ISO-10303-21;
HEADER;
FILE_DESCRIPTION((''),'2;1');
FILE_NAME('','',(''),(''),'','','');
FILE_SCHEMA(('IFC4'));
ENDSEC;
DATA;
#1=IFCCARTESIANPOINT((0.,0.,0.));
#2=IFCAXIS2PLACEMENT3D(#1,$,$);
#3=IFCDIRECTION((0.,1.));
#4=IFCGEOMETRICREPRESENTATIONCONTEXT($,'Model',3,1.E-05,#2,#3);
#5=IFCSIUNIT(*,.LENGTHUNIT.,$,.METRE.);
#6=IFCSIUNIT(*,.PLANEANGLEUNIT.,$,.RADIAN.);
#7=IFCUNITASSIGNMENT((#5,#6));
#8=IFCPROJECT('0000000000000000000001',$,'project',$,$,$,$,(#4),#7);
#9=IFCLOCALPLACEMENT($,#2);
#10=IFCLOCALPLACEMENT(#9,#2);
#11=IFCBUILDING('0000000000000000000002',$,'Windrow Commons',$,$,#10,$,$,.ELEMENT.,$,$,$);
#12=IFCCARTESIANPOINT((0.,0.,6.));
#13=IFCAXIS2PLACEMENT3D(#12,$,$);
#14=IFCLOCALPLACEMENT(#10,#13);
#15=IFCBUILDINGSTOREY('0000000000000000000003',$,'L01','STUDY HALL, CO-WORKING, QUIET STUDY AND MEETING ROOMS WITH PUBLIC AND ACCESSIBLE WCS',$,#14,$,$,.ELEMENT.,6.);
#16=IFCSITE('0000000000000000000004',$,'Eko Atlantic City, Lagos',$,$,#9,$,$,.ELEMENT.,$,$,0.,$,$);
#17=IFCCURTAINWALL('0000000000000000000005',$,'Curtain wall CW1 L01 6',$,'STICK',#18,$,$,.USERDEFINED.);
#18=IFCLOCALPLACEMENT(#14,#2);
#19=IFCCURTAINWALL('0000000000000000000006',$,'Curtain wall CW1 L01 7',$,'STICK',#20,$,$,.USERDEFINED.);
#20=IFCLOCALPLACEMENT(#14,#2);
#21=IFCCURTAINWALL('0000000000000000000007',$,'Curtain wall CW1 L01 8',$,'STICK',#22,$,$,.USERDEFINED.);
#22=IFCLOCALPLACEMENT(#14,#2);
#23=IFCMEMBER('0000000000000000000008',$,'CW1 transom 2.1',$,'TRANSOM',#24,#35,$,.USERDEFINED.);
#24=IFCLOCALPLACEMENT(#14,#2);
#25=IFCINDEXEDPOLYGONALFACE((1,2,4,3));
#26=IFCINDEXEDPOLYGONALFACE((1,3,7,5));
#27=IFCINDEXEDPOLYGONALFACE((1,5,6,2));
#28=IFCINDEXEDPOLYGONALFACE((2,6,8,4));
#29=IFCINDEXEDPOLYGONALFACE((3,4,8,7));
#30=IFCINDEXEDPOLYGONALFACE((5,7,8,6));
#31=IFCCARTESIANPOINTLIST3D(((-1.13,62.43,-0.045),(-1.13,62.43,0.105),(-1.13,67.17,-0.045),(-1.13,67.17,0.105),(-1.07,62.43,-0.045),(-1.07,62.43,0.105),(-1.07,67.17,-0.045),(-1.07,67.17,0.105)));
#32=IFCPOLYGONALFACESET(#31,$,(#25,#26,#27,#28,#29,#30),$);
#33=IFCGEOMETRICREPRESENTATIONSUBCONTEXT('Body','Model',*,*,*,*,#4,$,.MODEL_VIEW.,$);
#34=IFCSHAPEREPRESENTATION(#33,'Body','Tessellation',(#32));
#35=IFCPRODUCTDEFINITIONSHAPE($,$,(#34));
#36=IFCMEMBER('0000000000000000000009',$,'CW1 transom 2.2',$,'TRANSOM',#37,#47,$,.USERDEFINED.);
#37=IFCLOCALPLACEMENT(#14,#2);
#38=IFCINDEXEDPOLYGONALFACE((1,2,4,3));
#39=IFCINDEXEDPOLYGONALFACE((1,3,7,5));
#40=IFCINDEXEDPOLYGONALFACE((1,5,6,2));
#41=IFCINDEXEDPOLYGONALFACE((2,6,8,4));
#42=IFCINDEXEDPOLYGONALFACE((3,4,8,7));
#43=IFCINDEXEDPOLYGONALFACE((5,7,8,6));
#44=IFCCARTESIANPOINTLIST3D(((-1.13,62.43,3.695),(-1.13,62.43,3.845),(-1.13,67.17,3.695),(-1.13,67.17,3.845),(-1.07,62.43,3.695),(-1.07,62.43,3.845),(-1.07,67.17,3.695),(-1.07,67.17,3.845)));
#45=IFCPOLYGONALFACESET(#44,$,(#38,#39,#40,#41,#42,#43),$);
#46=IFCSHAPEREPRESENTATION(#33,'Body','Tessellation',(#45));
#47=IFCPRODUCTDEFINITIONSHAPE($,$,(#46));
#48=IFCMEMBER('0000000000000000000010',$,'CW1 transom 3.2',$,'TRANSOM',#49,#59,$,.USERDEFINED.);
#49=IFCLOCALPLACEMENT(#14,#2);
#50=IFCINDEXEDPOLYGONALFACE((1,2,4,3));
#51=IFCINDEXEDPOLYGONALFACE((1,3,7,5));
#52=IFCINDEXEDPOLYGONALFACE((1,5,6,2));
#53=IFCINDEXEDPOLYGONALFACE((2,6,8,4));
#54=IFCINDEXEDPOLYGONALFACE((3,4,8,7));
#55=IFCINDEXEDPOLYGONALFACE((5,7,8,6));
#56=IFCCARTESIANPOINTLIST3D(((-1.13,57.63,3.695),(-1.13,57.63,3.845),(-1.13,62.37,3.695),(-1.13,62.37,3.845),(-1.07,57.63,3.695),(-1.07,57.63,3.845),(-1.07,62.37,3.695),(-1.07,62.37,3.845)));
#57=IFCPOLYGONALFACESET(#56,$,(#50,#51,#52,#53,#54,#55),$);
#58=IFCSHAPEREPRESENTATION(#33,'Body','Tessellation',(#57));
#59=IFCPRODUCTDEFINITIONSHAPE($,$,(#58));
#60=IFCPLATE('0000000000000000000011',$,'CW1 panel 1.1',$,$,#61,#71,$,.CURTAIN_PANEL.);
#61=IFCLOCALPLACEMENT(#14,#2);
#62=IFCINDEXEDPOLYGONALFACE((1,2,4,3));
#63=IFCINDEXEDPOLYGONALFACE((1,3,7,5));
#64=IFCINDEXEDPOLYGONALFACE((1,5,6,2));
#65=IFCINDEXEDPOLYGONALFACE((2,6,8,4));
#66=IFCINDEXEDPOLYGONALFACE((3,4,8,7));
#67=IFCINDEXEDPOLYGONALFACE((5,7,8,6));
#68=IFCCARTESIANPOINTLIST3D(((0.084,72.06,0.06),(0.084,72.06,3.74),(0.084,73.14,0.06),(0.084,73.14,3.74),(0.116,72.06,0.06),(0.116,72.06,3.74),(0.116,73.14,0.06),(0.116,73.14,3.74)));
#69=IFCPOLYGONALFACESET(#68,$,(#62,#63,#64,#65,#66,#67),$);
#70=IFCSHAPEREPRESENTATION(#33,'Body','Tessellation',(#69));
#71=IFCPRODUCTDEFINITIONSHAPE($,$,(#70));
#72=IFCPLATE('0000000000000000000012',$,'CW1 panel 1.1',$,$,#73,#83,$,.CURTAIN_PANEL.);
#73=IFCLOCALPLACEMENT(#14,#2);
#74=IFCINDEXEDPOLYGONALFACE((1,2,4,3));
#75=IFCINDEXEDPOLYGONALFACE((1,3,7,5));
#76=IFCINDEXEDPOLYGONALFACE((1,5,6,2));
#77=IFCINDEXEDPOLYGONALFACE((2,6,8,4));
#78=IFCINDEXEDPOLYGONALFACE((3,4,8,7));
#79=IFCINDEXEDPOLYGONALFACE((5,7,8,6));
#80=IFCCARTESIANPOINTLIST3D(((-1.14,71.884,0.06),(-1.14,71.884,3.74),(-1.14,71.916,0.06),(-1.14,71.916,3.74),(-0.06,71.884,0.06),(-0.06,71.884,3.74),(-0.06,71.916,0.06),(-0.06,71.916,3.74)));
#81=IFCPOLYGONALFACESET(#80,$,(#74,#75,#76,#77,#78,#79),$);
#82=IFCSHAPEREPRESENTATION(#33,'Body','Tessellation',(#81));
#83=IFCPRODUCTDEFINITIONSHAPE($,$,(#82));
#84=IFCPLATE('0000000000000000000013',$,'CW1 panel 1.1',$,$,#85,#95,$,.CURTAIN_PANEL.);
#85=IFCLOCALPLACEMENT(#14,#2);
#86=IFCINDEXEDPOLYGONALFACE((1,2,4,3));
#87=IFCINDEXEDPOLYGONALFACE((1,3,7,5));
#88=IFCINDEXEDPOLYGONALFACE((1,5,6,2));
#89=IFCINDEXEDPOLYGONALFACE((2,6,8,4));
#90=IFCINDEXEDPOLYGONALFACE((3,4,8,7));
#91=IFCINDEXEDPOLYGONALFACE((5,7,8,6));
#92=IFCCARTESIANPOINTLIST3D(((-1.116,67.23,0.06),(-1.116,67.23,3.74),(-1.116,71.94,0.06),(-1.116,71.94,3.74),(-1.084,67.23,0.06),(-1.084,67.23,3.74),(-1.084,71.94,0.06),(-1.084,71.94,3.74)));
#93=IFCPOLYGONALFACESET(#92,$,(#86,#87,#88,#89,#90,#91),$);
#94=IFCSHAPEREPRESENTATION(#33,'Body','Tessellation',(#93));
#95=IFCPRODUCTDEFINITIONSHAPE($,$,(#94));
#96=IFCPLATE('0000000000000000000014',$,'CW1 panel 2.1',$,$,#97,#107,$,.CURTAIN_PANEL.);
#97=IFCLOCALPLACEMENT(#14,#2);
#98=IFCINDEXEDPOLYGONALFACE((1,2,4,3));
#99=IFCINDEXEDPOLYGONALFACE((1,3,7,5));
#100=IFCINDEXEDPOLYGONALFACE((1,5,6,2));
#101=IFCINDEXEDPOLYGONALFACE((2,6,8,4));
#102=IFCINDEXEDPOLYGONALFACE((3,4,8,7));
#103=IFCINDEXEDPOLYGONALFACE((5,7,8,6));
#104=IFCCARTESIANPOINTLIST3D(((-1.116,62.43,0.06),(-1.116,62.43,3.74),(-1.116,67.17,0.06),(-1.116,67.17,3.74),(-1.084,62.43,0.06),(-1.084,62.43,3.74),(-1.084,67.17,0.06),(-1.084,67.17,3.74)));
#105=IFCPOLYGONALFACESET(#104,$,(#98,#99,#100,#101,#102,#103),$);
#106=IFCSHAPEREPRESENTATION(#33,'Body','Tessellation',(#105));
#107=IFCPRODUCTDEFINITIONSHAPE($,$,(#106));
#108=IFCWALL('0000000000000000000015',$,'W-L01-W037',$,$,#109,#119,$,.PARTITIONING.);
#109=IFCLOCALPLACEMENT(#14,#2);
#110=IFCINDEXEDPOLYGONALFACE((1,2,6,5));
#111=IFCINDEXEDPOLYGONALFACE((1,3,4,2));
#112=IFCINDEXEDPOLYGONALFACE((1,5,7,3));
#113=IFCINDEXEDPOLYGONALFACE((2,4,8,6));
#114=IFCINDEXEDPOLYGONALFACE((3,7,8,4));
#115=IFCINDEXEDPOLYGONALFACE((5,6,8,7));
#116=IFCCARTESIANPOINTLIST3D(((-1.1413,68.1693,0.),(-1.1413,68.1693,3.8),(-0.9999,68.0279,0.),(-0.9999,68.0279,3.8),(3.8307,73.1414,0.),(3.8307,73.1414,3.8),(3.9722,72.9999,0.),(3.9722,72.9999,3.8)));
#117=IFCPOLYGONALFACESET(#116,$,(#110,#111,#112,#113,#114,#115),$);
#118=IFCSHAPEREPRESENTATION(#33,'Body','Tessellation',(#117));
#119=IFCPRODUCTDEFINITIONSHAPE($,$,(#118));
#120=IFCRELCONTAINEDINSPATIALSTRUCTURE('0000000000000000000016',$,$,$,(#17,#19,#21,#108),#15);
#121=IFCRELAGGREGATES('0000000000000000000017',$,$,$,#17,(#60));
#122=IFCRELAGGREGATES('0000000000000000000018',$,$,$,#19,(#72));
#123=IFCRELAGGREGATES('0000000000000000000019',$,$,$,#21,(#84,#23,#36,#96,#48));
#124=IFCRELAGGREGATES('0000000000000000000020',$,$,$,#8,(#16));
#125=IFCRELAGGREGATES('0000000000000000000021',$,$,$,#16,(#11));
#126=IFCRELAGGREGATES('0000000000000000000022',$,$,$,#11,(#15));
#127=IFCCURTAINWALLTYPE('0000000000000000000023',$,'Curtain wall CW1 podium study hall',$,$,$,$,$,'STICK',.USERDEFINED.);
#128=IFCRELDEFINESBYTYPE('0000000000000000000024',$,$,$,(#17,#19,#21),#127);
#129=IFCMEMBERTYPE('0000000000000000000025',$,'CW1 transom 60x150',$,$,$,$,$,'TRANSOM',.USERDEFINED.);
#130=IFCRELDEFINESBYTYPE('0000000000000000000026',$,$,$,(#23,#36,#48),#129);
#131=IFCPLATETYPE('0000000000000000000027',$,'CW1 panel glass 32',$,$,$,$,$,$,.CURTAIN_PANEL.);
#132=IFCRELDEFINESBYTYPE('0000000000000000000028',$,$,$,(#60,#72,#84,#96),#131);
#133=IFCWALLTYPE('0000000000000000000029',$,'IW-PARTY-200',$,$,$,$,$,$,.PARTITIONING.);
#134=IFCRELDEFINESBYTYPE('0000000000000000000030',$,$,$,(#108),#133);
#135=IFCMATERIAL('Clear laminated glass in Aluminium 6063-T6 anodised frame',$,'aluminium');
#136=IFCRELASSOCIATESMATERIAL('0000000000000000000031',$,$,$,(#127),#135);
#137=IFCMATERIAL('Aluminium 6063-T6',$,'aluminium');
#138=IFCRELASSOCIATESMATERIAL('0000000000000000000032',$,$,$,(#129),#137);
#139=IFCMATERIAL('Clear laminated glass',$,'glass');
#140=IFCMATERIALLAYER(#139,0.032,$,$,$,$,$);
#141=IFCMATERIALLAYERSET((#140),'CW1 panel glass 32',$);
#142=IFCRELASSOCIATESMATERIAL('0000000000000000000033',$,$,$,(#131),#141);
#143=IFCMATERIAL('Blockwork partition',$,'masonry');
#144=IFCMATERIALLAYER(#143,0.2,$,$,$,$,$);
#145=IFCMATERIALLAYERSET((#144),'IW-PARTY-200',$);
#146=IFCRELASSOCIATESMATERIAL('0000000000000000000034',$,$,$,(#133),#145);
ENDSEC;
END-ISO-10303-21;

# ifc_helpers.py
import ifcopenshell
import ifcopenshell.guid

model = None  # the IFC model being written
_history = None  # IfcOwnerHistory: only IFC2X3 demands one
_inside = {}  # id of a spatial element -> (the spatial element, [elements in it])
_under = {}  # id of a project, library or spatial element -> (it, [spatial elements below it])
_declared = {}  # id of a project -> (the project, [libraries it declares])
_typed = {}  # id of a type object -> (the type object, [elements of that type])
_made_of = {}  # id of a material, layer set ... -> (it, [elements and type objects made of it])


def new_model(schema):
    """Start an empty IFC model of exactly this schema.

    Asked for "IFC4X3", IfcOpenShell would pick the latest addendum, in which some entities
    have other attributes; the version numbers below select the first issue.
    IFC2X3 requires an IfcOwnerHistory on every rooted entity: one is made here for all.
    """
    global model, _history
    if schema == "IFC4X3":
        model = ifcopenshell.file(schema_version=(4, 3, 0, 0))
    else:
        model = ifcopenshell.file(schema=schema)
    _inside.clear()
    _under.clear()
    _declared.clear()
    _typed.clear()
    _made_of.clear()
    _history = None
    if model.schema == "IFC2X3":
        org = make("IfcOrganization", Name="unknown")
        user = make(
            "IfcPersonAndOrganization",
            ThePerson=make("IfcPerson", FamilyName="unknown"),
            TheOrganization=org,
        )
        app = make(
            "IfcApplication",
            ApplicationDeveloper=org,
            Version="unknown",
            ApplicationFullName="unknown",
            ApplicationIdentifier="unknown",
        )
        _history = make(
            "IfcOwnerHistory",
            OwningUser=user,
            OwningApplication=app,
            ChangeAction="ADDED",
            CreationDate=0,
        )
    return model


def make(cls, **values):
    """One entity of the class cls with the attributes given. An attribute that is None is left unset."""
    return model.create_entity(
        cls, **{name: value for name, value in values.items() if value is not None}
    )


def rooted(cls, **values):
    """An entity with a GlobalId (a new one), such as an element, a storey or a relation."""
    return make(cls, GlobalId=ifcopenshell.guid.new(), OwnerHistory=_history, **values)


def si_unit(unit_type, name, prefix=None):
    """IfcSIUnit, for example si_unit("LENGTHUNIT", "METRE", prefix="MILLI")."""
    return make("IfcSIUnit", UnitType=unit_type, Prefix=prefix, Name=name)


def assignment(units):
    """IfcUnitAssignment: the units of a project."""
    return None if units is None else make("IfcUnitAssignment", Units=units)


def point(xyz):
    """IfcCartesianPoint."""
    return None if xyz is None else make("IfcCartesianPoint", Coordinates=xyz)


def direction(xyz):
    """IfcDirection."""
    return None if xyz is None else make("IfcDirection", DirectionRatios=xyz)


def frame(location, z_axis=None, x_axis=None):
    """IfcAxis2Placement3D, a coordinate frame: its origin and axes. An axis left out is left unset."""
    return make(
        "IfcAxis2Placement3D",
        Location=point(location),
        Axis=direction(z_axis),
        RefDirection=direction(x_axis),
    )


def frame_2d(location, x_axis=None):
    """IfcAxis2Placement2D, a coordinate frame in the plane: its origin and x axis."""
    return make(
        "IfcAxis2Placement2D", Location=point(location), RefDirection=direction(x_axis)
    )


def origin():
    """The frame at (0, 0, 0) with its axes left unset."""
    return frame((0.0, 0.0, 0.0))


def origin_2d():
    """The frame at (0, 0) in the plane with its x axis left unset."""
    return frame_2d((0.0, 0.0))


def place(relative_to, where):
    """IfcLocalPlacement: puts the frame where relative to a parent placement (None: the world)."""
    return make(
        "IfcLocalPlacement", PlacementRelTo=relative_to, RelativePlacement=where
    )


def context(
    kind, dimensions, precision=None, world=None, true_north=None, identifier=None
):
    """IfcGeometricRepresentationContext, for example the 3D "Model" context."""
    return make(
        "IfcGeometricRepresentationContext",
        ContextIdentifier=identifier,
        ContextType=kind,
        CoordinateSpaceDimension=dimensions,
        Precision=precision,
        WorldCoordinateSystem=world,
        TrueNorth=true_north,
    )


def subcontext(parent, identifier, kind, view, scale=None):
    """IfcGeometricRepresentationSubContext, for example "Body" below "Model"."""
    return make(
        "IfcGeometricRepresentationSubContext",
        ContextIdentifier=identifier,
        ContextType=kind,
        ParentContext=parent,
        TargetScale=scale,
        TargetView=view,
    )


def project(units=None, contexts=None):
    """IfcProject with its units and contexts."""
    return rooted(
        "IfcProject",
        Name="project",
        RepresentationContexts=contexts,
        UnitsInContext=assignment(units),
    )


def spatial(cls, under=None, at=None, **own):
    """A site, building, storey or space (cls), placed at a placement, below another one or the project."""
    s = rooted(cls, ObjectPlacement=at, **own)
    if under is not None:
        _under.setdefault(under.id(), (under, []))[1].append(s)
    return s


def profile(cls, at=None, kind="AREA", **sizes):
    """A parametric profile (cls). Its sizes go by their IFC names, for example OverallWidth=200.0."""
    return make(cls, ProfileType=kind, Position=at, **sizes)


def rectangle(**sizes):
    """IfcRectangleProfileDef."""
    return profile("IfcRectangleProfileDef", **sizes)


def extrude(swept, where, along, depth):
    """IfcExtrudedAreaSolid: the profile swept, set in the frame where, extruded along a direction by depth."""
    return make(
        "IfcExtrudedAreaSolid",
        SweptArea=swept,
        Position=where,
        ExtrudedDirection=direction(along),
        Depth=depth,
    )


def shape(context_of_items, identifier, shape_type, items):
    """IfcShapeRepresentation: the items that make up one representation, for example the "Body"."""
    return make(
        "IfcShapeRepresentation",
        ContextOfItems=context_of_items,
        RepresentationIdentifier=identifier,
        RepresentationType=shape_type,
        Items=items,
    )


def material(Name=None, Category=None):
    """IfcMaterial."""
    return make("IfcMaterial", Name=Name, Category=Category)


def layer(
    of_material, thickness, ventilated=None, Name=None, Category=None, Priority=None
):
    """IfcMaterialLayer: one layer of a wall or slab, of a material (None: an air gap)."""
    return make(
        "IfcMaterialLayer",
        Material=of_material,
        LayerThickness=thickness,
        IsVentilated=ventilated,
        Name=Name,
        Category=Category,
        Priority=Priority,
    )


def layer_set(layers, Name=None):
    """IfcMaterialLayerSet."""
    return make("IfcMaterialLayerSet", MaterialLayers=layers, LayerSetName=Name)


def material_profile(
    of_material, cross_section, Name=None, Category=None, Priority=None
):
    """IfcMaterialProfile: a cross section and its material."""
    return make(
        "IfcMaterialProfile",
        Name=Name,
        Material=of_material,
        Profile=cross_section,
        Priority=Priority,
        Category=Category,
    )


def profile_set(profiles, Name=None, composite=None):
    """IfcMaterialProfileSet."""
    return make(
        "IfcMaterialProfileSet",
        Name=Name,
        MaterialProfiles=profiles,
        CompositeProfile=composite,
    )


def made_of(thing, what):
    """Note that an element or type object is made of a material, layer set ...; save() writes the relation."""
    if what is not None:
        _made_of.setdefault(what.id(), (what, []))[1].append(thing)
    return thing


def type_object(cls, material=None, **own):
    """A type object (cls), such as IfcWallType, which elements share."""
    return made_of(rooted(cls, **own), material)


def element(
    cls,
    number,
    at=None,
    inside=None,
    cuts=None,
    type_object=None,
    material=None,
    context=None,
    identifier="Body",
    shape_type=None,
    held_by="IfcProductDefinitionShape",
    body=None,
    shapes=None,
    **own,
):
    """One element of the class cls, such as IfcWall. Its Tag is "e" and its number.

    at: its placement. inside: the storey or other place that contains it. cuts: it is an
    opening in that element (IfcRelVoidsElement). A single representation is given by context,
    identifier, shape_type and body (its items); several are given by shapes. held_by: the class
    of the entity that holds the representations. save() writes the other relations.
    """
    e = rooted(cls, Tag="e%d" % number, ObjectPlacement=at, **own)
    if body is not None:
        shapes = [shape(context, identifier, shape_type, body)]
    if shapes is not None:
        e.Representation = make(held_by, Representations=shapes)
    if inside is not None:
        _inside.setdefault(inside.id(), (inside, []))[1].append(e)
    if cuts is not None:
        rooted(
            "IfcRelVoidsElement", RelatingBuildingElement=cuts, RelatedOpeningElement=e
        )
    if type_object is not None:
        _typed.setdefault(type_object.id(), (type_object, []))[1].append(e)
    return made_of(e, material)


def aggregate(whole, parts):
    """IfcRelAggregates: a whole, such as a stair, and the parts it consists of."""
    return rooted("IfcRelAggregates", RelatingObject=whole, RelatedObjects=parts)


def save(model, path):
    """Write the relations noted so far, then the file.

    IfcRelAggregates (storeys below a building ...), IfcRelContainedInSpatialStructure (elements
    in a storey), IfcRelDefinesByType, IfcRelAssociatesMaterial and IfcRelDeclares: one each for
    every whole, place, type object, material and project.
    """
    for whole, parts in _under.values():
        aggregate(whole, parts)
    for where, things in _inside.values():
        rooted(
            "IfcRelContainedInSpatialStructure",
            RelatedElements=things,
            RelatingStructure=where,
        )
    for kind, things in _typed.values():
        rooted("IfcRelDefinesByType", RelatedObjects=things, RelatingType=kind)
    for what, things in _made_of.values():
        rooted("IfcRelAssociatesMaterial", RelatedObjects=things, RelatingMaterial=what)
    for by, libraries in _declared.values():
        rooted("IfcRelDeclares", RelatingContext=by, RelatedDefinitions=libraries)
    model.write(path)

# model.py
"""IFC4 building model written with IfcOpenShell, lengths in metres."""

from ifc_helpers import new_model, si_unit, direction, frame, frame_2d, origin, origin_2d, place, context, subcontext, project, spatial, rectangle, extrude, material, layer, layer_set, material_profile, profile_set, type_object, element, aggregate, save


model = new_model("IFC4")

# Units and contexts
model_context = context("Model", 3, precision=1e-05, world=origin(), true_north=direction((0.0, 1.0)))
body_context = subcontext(model_context, "Body", "Model", "MODEL_VIEW")
ifc_project = project(units=[si_unit("LENGTHUNIT", "METRE"), si_unit("PLANEANGLEUNIT", "RADIAN")], contexts=[model_context])

# Site, building, storey
site_placement = place(None, origin())
site = spatial("IfcSite", under=ifc_project, at=site_placement, Name="Eko Atlantic City, Lagos", CompositionType="ELEMENT", RefElevation=0.0)
building_placement = place(site_placement, origin())
building = spatial("IfcBuilding", under=site, at=building_placement, Name="Windrow Commons", CompositionType="ELEMENT")
storey_placement = place(building_placement, frame((0.0, 0.0, 6.0)))
storey = spatial("IfcBuildingStorey", under=building, at=storey_placement, Name="L01", Description="STUDY HALL, CO-WORKING, QUIET STUDY AND MEETING ROOMS WITH PUBLIC AND ACCESSIBLE WCS", CompositionType="ELEMENT", Elevation=6.0)

# Shared definitions
ifc_material_1 = material(Name="Clear laminated glass in Aluminium 6063-T6 anodised frame", Category="aluminium")
curtain_wall_type = type_object("IfcCurtainWallType", Name="Curtain wall CW1 podium study hall", ElementType="STICK", PredefinedType="USERDEFINED", material=ifc_material_1)
placement = place(storey_placement, origin())

# Curtain walls
curtain_wall_1 = element("IfcCurtainWall", 1, at=placement, inside=storey, type_object=curtain_wall_type, Name="Curtain wall CW1 L01 6", ObjectType="STICK", PredefinedType="USERDEFINED")
curtain_wall_2 = element("IfcCurtainWall", 2, at=placement, inside=storey, type_object=curtain_wall_type, Name="Curtain wall CW1 L01 7", ObjectType="STICK", PredefinedType="USERDEFINED")
curtain_wall_3 = element("IfcCurtainWall", 3, at=placement, inside=storey, type_object=curtain_wall_type, Name="Curtain wall CW1 L01 8", ObjectType="STICK", PredefinedType="USERDEFINED")

# Members
ifc_material_2 = material(Name="Aluminium 6063-T6", Category="aluminium")
ifc_material_profile_1 = material_profile(ifc_material_2, rectangle(XDim=0.06, YDim=0.15, at=origin_2d()))
ifc_profile_set_1 = profile_set([ifc_material_profile_1], Name="Aluminium 6063-T6")
member_type_1 = type_object("IfcMemberType", Name="CW1 transom 60x150", ElementType="TRANSOM", PredefinedType="USERDEFINED", material=ifc_profile_set_1)
member_1_placement = place(storey_placement, frame((-1.1, 67.17, 0.03), z_axis=(0.0, -1.0, 0.0), x_axis=(1.0, 0.0, 0.0)))
member_1 = element("IfcMember", 4, at=member_1_placement, type_object=member_type_1, Name="CW1 transom 2.1", ObjectType="TRANSOM", PredefinedType="USERDEFINED", context=body_context, shape_type="SweptSolid", body=[
    extrude(rectangle(XDim=0.06, YDim=0.15, at=origin_2d()), origin(), (0.0, 0.0, 1.0), 4.74),
])
member_2_placement = place(storey_placement, frame((-1.1, 67.17, 3.77), z_axis=(0.0, -1.0, 0.0), x_axis=(1.0, 0.0, 0.0)))
member_2 = element("IfcMember", 5, at=member_2_placement, type_object=member_type_1, Name="CW1 transom 2.2", ObjectType="TRANSOM", PredefinedType="USERDEFINED", context=body_context, shape_type="SweptSolid", body=[
    extrude(rectangle(XDim=0.06, YDim=0.15, at=origin_2d()), origin(), (0.0, 0.0, 1.0), 4.74),
])
member_3_placement = place(storey_placement, frame((-1.1, 62.37, 3.77), z_axis=(0.0, -1.0, 0.0), x_axis=(1.0, 0.0, 0.0)))
member_3 = element("IfcMember", 6, at=member_3_placement, type_object=member_type_1, Name="CW1 transom 3.2", ObjectType="TRANSOM", PredefinedType="USERDEFINED", context=body_context, shape_type="SweptSolid", body=[
    extrude(rectangle(XDim=0.06, YDim=0.15, at=origin_2d()), origin(), (0.0, 0.0, 1.0), 4.74),
])

# Plates
ifc_material_3 = material(Name="Clear laminated glass", Category="glass")
ifc_layer_1 = layer(ifc_material_3, 0.032)
ifc_layer_set_1 = layer_set([ifc_layer_1], Name="CW1 panel glass 32")
plate_type = type_object("IfcPlateType", Name="CW1 panel glass 32", PredefinedType="CURTAIN_PANEL", material=ifc_layer_set_1)
plate_1_placement = place(storey_placement, frame((0.1, 72.6, 0.06), z_axis=(0.0, 0.0, 1.0), x_axis=(0.0, -1.0, 0.0)))
plate_1 = element("IfcPlate", 7, at=plate_1_placement, type_object=plate_type, Name="CW1 panel 1.1", PredefinedType="CURTAIN_PANEL", context=body_context, shape_type="SweptSolid", body=[
    extrude(rectangle(XDim=1.08, YDim=0.032, at=origin_2d()), origin(), (0.0, 0.0, 1.0), 3.68),
])
aggregate(curtain_wall_1, [plate_1])
plate_2_placement = place(storey_placement, frame((-0.6, 71.9, 0.06), z_axis=(0.0, 0.0, 1.0), x_axis=(-1.0, 0.0, 0.0)))
plate_2 = element("IfcPlate", 8, at=plate_2_placement, type_object=plate_type, Name="CW1 panel 1.1", PredefinedType="CURTAIN_PANEL", context=body_context, shape_type="SweptSolid", body=[
    extrude(rectangle(XDim=1.08, YDim=0.032, at=origin_2d()), origin(), (0.0, 0.0, 1.0), 3.68),
])
aggregate(curtain_wall_2, [plate_2])
plate_3_placement = place(storey_placement, frame((-1.1, 69.585, 0.06), z_axis=(0.0, 0.0, 1.0), x_axis=(0.0, -1.0, 0.0)))
plate_3 = element("IfcPlate", 9, at=plate_3_placement, type_object=plate_type, Name="CW1 panel 1.1", PredefinedType="CURTAIN_PANEL", context=body_context, shape_type="SweptSolid", body=[
    extrude(rectangle(XDim=4.71, YDim=0.032, at=origin_2d()), origin(), (0.0, 0.0, 1.0), 3.68),
])
plate_4_placement = place(storey_placement, frame((-1.1, 64.8, 0.06), z_axis=(0.0, 0.0, 1.0), x_axis=(0.0, -1.0, 0.0)))
plate_4 = element("IfcPlate", 10, at=plate_4_placement, type_object=plate_type, Name="CW1 panel 2.1", PredefinedType="CURTAIN_PANEL", context=body_context, shape_type="SweptSolid", body=[
    extrude(rectangle(XDim=4.74, YDim=0.032, at=origin_2d()), origin(), (0.0, 0.0, 1.0), 3.68),
])
aggregate(curtain_wall_3, [plate_3, member_1, member_2, plate_4, member_3])

# Wall
ifc_material_4 = material(Name="Blockwork partition", Category="masonry")
ifc_layer_2 = layer(ifc_material_4, 0.2)
ifc_layer_set_2 = layer_set([ifc_layer_2], Name="IW-PARTY-200")
wall_type = type_object("IfcWallType", Name="IW-PARTY-200", PredefinedType="PARTITIONING", material=ifc_layer_set_2)
wall_placement = place(storey_placement, frame((-1.0706, 68.0986, 0.0), z_axis=(0.0, 0.0, 1.0), x_axis=(0.707107, 0.707107, 0.0)))
element("IfcWall", 11, at=wall_placement, inside=storey, type_object=wall_type, Name="W-L01-W037", PredefinedType="PARTITIONING", context=body_context, shape_type="SweptSolid", body=[
    extrude(rectangle(XDim=7.0315, YDim=0.2, at=frame_2d((3.5158, 0.0))), origin(), (0.0, 0.0, 1.0), 3.8),
])

save(model, "model.ifc")
